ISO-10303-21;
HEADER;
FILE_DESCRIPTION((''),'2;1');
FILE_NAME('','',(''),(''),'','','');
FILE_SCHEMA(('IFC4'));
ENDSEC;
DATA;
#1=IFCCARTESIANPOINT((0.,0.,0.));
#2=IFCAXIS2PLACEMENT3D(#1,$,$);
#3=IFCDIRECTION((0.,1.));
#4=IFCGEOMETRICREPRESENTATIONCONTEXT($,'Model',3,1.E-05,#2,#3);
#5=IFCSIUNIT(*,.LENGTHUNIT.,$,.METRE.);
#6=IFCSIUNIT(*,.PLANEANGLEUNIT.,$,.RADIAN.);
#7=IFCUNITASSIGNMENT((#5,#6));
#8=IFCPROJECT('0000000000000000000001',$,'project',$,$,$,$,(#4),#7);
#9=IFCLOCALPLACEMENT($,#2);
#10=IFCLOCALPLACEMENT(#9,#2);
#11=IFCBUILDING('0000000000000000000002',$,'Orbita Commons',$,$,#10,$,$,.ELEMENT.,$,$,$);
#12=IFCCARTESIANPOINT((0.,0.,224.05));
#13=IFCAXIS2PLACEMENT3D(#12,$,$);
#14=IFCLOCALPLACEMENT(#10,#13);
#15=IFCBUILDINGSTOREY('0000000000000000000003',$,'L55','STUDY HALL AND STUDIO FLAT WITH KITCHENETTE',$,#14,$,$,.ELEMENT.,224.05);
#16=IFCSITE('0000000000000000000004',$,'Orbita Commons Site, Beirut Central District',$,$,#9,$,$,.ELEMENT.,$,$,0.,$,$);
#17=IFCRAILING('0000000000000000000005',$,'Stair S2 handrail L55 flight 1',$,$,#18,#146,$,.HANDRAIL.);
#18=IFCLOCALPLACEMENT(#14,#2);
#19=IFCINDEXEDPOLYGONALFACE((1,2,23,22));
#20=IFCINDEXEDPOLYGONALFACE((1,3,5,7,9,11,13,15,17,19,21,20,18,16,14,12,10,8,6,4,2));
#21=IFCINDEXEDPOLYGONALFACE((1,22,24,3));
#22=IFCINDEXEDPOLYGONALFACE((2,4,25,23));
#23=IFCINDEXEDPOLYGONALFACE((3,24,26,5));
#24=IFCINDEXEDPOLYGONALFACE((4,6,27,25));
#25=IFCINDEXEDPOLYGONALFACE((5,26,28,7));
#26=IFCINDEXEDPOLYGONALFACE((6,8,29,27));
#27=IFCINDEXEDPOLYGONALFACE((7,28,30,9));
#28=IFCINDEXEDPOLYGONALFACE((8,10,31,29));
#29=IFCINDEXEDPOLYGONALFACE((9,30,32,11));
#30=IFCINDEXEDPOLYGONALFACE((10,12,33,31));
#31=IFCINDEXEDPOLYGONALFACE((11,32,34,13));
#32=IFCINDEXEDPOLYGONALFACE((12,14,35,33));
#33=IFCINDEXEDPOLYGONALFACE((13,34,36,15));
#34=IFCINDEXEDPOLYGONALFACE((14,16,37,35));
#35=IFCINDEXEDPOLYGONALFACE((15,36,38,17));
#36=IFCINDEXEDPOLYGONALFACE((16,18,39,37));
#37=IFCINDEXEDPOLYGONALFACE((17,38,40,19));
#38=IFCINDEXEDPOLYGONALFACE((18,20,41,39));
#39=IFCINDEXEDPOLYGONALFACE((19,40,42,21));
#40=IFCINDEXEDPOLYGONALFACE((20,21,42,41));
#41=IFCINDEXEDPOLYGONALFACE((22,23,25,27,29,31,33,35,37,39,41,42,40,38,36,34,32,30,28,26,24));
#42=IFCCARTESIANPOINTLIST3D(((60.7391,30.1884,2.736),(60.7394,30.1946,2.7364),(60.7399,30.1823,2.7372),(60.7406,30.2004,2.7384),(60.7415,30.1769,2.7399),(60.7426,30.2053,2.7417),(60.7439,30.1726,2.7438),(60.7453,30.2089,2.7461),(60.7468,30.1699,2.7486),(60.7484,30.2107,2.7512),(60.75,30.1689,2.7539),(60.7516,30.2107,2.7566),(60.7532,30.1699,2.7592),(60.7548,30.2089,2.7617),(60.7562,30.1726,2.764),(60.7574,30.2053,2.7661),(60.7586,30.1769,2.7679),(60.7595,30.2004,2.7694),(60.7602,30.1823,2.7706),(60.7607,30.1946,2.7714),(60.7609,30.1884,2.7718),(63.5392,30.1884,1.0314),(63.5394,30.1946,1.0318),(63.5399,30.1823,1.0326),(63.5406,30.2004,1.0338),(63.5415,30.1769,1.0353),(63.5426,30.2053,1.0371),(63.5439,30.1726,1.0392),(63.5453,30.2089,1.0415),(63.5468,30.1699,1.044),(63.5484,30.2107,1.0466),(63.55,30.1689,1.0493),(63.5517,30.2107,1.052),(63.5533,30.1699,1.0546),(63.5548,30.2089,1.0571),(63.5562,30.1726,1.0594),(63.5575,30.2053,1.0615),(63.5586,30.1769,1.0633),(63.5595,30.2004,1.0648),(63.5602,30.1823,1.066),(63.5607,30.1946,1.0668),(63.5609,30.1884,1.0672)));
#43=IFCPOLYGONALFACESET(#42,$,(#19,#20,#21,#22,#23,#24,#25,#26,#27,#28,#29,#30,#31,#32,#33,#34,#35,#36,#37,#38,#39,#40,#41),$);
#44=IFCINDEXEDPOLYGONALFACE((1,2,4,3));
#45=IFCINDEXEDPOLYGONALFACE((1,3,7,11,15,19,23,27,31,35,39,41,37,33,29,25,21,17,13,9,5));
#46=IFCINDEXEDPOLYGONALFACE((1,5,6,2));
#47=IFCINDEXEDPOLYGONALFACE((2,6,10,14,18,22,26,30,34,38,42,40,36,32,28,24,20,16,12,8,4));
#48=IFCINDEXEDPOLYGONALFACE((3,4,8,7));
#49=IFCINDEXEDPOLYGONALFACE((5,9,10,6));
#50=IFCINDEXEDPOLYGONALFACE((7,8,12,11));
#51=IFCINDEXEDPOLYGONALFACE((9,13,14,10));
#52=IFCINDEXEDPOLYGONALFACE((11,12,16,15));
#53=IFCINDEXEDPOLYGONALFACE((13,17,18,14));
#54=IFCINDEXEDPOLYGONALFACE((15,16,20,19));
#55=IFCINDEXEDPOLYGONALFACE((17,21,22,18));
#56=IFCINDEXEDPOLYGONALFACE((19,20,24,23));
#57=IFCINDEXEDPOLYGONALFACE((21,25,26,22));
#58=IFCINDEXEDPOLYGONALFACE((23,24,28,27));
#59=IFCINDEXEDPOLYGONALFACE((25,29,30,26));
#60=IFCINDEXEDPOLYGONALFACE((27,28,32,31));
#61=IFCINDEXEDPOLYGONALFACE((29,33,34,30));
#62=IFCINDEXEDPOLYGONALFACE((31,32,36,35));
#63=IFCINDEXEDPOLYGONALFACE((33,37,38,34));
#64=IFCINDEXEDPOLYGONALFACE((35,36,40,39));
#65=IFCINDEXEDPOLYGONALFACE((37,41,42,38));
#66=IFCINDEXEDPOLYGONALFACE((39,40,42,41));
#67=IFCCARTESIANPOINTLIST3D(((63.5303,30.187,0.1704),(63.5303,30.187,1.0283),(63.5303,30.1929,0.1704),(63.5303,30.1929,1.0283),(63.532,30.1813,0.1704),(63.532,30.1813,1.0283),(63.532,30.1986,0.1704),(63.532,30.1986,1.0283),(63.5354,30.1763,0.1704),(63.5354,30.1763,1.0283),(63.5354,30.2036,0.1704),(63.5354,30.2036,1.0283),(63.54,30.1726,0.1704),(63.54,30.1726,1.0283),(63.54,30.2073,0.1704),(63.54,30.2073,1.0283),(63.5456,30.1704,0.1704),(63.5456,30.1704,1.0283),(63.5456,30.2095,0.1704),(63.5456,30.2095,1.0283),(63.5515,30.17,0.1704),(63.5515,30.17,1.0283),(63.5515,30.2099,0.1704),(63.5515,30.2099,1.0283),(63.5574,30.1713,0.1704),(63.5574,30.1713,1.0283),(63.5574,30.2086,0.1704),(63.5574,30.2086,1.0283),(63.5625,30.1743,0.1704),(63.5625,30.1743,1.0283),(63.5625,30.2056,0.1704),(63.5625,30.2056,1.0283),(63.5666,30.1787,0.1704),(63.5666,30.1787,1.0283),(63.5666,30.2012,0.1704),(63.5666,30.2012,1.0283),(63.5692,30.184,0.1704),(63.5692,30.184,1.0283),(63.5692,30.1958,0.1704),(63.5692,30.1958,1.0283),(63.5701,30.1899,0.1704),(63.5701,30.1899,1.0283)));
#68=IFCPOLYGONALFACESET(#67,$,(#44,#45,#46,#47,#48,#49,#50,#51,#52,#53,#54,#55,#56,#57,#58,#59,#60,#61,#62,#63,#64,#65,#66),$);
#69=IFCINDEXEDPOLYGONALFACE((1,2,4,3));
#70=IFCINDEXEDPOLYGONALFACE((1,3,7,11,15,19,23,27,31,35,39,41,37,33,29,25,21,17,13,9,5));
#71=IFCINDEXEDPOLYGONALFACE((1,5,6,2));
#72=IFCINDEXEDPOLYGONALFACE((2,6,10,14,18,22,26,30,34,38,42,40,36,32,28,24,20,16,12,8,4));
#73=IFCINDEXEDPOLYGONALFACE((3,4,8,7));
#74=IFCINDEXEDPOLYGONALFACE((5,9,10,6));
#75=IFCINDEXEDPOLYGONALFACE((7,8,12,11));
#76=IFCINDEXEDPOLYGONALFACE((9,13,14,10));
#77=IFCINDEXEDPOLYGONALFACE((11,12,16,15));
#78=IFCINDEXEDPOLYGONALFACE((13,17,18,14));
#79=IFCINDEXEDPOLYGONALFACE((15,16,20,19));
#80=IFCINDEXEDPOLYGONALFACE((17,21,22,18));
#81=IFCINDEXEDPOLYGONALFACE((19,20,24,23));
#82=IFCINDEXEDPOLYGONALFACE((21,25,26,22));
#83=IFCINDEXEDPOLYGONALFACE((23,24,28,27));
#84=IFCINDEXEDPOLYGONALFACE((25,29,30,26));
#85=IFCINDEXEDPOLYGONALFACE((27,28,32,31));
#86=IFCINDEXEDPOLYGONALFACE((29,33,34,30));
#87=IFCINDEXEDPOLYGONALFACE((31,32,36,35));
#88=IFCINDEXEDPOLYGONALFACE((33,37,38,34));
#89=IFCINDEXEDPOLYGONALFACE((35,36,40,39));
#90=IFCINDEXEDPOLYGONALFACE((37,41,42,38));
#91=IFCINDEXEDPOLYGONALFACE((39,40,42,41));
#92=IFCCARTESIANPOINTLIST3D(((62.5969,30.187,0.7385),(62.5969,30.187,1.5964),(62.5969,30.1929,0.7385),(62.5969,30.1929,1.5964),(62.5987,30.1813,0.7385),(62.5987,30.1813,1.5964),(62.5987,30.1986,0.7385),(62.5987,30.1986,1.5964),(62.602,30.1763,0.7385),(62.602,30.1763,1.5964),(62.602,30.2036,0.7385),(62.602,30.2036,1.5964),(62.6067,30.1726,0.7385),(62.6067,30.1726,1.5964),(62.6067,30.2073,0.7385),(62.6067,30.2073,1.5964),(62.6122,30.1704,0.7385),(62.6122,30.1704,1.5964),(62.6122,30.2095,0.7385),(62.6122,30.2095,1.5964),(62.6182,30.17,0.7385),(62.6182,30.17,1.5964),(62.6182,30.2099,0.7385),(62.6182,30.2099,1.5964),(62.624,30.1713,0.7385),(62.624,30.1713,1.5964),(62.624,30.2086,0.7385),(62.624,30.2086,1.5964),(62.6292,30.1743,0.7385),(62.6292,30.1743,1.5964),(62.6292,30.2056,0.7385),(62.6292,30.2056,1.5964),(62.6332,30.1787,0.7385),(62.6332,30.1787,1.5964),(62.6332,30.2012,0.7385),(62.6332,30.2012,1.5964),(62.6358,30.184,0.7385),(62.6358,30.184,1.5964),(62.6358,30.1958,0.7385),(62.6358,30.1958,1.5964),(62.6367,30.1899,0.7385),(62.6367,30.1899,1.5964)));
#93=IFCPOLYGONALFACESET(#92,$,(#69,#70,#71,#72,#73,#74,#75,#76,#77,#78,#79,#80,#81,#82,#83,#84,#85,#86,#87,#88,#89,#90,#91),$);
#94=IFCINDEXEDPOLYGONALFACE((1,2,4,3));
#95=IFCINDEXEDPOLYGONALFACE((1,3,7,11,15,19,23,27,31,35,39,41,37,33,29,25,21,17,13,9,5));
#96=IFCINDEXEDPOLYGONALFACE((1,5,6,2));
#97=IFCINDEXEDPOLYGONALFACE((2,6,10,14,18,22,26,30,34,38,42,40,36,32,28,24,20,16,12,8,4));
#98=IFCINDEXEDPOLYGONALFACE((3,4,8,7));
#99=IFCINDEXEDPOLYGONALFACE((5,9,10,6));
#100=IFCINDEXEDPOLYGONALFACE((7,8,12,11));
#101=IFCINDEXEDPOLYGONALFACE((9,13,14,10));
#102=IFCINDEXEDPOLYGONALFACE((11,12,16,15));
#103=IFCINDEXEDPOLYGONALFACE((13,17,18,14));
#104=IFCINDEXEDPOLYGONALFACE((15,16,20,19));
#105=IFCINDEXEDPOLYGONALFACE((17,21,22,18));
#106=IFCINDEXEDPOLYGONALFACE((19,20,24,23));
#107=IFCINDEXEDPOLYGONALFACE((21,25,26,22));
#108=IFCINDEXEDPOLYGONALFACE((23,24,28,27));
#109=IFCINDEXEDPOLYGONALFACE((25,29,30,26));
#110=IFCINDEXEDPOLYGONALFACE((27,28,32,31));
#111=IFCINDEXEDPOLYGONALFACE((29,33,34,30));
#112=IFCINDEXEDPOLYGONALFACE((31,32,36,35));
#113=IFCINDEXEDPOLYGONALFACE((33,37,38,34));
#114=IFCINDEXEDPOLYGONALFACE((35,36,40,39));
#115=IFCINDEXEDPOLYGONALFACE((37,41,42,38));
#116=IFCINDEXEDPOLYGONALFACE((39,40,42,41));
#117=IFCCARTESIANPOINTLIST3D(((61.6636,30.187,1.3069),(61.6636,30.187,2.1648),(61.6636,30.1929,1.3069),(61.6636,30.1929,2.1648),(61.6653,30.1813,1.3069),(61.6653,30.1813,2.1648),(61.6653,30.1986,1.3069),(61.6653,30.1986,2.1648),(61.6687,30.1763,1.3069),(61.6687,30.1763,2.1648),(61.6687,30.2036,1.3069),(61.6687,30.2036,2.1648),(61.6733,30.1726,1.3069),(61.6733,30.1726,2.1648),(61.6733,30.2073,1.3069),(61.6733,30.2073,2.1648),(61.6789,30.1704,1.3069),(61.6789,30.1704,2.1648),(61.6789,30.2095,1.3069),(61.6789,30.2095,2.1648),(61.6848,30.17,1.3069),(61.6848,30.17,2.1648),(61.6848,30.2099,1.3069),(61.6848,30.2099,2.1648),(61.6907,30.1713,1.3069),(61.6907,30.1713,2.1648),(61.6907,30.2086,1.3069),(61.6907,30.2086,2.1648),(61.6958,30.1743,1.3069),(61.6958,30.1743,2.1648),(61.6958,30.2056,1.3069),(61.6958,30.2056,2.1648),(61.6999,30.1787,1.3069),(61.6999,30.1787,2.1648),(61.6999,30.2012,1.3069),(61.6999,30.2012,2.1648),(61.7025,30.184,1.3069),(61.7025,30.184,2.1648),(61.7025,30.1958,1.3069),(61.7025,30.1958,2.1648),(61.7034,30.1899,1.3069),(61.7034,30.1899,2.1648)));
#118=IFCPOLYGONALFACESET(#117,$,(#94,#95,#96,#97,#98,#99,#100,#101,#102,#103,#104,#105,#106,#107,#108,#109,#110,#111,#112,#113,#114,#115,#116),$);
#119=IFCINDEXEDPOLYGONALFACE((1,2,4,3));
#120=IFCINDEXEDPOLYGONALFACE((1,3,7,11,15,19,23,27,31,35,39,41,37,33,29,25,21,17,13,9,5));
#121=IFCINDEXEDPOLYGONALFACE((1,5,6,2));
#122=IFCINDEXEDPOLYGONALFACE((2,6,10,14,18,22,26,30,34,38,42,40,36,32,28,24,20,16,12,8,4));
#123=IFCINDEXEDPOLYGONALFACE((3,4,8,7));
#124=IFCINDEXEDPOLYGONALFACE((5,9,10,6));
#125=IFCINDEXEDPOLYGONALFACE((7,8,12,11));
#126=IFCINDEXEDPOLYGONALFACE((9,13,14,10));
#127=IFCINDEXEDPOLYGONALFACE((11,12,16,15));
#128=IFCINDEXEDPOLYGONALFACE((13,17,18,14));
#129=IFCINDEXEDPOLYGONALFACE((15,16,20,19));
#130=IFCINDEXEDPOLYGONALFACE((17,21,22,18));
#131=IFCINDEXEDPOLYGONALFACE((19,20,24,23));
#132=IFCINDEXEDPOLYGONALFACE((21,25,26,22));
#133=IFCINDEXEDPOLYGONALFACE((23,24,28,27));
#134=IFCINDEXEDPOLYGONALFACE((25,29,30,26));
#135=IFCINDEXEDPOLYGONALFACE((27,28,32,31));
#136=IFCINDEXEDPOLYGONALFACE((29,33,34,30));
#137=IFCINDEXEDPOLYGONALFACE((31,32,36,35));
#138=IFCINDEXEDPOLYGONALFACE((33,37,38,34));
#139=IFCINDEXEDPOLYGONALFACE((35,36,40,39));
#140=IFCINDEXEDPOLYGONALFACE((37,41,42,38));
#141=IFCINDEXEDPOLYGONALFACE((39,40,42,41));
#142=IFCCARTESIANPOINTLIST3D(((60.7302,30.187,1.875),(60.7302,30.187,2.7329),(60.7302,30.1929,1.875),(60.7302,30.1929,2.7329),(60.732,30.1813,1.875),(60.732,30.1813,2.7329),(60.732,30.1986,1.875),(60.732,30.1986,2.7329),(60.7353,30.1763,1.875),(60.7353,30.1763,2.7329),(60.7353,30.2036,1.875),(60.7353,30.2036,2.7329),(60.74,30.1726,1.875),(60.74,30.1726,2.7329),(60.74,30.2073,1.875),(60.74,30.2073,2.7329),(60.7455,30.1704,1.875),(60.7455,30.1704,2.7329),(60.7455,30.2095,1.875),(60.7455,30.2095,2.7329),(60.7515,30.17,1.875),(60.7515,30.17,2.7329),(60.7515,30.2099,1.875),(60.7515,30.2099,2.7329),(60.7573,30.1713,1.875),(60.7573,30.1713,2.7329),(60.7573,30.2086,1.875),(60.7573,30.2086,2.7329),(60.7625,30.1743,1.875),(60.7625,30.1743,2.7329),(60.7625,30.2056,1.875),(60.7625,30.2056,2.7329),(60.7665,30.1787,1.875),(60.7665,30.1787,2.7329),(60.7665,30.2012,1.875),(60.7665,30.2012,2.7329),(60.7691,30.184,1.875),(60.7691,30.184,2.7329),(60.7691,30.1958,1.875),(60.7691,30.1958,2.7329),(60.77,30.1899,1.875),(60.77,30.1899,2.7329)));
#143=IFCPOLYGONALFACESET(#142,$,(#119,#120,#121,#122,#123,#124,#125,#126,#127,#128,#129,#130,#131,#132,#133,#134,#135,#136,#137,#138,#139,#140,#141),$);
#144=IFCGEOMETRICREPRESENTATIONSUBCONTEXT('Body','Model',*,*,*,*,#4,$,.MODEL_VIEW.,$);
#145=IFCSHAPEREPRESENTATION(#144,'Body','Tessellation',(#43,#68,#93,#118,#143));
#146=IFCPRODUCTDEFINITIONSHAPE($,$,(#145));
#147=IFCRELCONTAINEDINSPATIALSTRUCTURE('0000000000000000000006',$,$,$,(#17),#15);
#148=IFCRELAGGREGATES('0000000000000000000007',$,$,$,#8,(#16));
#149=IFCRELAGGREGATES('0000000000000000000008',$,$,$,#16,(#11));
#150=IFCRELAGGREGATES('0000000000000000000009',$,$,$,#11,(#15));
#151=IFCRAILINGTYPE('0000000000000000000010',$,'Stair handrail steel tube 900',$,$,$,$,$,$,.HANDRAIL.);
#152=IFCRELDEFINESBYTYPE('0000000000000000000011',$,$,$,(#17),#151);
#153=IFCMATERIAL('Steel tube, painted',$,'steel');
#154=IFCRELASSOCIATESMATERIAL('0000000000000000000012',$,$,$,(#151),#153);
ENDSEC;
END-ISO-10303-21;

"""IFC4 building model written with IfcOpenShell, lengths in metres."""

from ifc_helpers import new_model, si_unit, direction, frame, origin, origin_2d, place, context, subcontext, project, spatial, circle, extrude, material, type_object, element, save


model = new_model("IFC4")

# Units and contexts
model_context = context("Model", 3, precision=1e-05, world=origin(), true_north=direction((0.0, 1.0)))
body_context = subcontext(model_context, "Body", "Model", "MODEL_VIEW")
ifc_project = project(units=[si_unit("LENGTHUNIT", "METRE"), si_unit("PLANEANGLEUNIT", "RADIAN")], contexts=[model_context])

# Site, building, storey
site_placement = place(None, origin())
site = spatial("IfcSite", under=ifc_project, at=site_placement, Name="Orbita Commons Site, Beirut Central District", CompositionType="ELEMENT", RefElevation=0.0)
building_placement = place(site_placement, origin())
building = spatial("IfcBuilding", under=site, at=building_placement, Name="Orbita Commons", CompositionType="ELEMENT")
storey_placement = place(building_placement, frame((0.0, 0.0, 224.05)))
storey = spatial("IfcBuildingStorey", under=building, at=storey_placement, Name="L55", Description="STUDY HALL AND STUDIO FLAT WITH KITCHENETTE", CompositionType="ELEMENT", Elevation=224.05)

# Railing
ifc_material_1 = material(Name="Steel tube, painted", Category="steel")
railing_type = type_object("IfcRailingType", Name="Stair handrail steel tube 900", PredefinedType="HANDRAIL", material=ifc_material_1)
for number, where, name in (
    (1, (63.55, 30.1899, 0.1704), "Stair S2 handrail L55 flight 1"),
):
    element("IfcRailing", number, at=place(storey_placement, frame(where)), inside=storey, type_object=railing_type, Name=name, PredefinedType="HANDRAIL", context=body_context, shape_type="SweptSolid", body=[
        extrude(circle(Radius=0.021, at=origin_2d()), frame((0.0, 0.0, 0.8789), z_axis=(-0.85417, 0.0, 0.519994), x_axis=(0.0, -1.0, 0.0)), (0.0, 0.0, 1.0), 3.2781),
        extrude(circle(Radius=0.02, at=origin_2d()), origin(), (0.0, 0.0, 1.0), 0.8579),
        extrude(circle(Radius=0.02, at=origin_2d()), frame((-0.9333, 0.0, 0.5681)), (0.0, 0.0, 1.0), 0.8579),
        extrude(circle(Radius=0.02, at=origin_2d()), frame((-1.8667, 0.0, 1.1365)), (0.0, 0.0, 1.0), 0.8579),
        extrude(circle(Radius=0.02, at=origin_2d()), frame((-2.8, 0.0, 1.7046)), (0.0, 0.0, 1.0), 0.8579),
    ])

save(model, "model.ifc")
